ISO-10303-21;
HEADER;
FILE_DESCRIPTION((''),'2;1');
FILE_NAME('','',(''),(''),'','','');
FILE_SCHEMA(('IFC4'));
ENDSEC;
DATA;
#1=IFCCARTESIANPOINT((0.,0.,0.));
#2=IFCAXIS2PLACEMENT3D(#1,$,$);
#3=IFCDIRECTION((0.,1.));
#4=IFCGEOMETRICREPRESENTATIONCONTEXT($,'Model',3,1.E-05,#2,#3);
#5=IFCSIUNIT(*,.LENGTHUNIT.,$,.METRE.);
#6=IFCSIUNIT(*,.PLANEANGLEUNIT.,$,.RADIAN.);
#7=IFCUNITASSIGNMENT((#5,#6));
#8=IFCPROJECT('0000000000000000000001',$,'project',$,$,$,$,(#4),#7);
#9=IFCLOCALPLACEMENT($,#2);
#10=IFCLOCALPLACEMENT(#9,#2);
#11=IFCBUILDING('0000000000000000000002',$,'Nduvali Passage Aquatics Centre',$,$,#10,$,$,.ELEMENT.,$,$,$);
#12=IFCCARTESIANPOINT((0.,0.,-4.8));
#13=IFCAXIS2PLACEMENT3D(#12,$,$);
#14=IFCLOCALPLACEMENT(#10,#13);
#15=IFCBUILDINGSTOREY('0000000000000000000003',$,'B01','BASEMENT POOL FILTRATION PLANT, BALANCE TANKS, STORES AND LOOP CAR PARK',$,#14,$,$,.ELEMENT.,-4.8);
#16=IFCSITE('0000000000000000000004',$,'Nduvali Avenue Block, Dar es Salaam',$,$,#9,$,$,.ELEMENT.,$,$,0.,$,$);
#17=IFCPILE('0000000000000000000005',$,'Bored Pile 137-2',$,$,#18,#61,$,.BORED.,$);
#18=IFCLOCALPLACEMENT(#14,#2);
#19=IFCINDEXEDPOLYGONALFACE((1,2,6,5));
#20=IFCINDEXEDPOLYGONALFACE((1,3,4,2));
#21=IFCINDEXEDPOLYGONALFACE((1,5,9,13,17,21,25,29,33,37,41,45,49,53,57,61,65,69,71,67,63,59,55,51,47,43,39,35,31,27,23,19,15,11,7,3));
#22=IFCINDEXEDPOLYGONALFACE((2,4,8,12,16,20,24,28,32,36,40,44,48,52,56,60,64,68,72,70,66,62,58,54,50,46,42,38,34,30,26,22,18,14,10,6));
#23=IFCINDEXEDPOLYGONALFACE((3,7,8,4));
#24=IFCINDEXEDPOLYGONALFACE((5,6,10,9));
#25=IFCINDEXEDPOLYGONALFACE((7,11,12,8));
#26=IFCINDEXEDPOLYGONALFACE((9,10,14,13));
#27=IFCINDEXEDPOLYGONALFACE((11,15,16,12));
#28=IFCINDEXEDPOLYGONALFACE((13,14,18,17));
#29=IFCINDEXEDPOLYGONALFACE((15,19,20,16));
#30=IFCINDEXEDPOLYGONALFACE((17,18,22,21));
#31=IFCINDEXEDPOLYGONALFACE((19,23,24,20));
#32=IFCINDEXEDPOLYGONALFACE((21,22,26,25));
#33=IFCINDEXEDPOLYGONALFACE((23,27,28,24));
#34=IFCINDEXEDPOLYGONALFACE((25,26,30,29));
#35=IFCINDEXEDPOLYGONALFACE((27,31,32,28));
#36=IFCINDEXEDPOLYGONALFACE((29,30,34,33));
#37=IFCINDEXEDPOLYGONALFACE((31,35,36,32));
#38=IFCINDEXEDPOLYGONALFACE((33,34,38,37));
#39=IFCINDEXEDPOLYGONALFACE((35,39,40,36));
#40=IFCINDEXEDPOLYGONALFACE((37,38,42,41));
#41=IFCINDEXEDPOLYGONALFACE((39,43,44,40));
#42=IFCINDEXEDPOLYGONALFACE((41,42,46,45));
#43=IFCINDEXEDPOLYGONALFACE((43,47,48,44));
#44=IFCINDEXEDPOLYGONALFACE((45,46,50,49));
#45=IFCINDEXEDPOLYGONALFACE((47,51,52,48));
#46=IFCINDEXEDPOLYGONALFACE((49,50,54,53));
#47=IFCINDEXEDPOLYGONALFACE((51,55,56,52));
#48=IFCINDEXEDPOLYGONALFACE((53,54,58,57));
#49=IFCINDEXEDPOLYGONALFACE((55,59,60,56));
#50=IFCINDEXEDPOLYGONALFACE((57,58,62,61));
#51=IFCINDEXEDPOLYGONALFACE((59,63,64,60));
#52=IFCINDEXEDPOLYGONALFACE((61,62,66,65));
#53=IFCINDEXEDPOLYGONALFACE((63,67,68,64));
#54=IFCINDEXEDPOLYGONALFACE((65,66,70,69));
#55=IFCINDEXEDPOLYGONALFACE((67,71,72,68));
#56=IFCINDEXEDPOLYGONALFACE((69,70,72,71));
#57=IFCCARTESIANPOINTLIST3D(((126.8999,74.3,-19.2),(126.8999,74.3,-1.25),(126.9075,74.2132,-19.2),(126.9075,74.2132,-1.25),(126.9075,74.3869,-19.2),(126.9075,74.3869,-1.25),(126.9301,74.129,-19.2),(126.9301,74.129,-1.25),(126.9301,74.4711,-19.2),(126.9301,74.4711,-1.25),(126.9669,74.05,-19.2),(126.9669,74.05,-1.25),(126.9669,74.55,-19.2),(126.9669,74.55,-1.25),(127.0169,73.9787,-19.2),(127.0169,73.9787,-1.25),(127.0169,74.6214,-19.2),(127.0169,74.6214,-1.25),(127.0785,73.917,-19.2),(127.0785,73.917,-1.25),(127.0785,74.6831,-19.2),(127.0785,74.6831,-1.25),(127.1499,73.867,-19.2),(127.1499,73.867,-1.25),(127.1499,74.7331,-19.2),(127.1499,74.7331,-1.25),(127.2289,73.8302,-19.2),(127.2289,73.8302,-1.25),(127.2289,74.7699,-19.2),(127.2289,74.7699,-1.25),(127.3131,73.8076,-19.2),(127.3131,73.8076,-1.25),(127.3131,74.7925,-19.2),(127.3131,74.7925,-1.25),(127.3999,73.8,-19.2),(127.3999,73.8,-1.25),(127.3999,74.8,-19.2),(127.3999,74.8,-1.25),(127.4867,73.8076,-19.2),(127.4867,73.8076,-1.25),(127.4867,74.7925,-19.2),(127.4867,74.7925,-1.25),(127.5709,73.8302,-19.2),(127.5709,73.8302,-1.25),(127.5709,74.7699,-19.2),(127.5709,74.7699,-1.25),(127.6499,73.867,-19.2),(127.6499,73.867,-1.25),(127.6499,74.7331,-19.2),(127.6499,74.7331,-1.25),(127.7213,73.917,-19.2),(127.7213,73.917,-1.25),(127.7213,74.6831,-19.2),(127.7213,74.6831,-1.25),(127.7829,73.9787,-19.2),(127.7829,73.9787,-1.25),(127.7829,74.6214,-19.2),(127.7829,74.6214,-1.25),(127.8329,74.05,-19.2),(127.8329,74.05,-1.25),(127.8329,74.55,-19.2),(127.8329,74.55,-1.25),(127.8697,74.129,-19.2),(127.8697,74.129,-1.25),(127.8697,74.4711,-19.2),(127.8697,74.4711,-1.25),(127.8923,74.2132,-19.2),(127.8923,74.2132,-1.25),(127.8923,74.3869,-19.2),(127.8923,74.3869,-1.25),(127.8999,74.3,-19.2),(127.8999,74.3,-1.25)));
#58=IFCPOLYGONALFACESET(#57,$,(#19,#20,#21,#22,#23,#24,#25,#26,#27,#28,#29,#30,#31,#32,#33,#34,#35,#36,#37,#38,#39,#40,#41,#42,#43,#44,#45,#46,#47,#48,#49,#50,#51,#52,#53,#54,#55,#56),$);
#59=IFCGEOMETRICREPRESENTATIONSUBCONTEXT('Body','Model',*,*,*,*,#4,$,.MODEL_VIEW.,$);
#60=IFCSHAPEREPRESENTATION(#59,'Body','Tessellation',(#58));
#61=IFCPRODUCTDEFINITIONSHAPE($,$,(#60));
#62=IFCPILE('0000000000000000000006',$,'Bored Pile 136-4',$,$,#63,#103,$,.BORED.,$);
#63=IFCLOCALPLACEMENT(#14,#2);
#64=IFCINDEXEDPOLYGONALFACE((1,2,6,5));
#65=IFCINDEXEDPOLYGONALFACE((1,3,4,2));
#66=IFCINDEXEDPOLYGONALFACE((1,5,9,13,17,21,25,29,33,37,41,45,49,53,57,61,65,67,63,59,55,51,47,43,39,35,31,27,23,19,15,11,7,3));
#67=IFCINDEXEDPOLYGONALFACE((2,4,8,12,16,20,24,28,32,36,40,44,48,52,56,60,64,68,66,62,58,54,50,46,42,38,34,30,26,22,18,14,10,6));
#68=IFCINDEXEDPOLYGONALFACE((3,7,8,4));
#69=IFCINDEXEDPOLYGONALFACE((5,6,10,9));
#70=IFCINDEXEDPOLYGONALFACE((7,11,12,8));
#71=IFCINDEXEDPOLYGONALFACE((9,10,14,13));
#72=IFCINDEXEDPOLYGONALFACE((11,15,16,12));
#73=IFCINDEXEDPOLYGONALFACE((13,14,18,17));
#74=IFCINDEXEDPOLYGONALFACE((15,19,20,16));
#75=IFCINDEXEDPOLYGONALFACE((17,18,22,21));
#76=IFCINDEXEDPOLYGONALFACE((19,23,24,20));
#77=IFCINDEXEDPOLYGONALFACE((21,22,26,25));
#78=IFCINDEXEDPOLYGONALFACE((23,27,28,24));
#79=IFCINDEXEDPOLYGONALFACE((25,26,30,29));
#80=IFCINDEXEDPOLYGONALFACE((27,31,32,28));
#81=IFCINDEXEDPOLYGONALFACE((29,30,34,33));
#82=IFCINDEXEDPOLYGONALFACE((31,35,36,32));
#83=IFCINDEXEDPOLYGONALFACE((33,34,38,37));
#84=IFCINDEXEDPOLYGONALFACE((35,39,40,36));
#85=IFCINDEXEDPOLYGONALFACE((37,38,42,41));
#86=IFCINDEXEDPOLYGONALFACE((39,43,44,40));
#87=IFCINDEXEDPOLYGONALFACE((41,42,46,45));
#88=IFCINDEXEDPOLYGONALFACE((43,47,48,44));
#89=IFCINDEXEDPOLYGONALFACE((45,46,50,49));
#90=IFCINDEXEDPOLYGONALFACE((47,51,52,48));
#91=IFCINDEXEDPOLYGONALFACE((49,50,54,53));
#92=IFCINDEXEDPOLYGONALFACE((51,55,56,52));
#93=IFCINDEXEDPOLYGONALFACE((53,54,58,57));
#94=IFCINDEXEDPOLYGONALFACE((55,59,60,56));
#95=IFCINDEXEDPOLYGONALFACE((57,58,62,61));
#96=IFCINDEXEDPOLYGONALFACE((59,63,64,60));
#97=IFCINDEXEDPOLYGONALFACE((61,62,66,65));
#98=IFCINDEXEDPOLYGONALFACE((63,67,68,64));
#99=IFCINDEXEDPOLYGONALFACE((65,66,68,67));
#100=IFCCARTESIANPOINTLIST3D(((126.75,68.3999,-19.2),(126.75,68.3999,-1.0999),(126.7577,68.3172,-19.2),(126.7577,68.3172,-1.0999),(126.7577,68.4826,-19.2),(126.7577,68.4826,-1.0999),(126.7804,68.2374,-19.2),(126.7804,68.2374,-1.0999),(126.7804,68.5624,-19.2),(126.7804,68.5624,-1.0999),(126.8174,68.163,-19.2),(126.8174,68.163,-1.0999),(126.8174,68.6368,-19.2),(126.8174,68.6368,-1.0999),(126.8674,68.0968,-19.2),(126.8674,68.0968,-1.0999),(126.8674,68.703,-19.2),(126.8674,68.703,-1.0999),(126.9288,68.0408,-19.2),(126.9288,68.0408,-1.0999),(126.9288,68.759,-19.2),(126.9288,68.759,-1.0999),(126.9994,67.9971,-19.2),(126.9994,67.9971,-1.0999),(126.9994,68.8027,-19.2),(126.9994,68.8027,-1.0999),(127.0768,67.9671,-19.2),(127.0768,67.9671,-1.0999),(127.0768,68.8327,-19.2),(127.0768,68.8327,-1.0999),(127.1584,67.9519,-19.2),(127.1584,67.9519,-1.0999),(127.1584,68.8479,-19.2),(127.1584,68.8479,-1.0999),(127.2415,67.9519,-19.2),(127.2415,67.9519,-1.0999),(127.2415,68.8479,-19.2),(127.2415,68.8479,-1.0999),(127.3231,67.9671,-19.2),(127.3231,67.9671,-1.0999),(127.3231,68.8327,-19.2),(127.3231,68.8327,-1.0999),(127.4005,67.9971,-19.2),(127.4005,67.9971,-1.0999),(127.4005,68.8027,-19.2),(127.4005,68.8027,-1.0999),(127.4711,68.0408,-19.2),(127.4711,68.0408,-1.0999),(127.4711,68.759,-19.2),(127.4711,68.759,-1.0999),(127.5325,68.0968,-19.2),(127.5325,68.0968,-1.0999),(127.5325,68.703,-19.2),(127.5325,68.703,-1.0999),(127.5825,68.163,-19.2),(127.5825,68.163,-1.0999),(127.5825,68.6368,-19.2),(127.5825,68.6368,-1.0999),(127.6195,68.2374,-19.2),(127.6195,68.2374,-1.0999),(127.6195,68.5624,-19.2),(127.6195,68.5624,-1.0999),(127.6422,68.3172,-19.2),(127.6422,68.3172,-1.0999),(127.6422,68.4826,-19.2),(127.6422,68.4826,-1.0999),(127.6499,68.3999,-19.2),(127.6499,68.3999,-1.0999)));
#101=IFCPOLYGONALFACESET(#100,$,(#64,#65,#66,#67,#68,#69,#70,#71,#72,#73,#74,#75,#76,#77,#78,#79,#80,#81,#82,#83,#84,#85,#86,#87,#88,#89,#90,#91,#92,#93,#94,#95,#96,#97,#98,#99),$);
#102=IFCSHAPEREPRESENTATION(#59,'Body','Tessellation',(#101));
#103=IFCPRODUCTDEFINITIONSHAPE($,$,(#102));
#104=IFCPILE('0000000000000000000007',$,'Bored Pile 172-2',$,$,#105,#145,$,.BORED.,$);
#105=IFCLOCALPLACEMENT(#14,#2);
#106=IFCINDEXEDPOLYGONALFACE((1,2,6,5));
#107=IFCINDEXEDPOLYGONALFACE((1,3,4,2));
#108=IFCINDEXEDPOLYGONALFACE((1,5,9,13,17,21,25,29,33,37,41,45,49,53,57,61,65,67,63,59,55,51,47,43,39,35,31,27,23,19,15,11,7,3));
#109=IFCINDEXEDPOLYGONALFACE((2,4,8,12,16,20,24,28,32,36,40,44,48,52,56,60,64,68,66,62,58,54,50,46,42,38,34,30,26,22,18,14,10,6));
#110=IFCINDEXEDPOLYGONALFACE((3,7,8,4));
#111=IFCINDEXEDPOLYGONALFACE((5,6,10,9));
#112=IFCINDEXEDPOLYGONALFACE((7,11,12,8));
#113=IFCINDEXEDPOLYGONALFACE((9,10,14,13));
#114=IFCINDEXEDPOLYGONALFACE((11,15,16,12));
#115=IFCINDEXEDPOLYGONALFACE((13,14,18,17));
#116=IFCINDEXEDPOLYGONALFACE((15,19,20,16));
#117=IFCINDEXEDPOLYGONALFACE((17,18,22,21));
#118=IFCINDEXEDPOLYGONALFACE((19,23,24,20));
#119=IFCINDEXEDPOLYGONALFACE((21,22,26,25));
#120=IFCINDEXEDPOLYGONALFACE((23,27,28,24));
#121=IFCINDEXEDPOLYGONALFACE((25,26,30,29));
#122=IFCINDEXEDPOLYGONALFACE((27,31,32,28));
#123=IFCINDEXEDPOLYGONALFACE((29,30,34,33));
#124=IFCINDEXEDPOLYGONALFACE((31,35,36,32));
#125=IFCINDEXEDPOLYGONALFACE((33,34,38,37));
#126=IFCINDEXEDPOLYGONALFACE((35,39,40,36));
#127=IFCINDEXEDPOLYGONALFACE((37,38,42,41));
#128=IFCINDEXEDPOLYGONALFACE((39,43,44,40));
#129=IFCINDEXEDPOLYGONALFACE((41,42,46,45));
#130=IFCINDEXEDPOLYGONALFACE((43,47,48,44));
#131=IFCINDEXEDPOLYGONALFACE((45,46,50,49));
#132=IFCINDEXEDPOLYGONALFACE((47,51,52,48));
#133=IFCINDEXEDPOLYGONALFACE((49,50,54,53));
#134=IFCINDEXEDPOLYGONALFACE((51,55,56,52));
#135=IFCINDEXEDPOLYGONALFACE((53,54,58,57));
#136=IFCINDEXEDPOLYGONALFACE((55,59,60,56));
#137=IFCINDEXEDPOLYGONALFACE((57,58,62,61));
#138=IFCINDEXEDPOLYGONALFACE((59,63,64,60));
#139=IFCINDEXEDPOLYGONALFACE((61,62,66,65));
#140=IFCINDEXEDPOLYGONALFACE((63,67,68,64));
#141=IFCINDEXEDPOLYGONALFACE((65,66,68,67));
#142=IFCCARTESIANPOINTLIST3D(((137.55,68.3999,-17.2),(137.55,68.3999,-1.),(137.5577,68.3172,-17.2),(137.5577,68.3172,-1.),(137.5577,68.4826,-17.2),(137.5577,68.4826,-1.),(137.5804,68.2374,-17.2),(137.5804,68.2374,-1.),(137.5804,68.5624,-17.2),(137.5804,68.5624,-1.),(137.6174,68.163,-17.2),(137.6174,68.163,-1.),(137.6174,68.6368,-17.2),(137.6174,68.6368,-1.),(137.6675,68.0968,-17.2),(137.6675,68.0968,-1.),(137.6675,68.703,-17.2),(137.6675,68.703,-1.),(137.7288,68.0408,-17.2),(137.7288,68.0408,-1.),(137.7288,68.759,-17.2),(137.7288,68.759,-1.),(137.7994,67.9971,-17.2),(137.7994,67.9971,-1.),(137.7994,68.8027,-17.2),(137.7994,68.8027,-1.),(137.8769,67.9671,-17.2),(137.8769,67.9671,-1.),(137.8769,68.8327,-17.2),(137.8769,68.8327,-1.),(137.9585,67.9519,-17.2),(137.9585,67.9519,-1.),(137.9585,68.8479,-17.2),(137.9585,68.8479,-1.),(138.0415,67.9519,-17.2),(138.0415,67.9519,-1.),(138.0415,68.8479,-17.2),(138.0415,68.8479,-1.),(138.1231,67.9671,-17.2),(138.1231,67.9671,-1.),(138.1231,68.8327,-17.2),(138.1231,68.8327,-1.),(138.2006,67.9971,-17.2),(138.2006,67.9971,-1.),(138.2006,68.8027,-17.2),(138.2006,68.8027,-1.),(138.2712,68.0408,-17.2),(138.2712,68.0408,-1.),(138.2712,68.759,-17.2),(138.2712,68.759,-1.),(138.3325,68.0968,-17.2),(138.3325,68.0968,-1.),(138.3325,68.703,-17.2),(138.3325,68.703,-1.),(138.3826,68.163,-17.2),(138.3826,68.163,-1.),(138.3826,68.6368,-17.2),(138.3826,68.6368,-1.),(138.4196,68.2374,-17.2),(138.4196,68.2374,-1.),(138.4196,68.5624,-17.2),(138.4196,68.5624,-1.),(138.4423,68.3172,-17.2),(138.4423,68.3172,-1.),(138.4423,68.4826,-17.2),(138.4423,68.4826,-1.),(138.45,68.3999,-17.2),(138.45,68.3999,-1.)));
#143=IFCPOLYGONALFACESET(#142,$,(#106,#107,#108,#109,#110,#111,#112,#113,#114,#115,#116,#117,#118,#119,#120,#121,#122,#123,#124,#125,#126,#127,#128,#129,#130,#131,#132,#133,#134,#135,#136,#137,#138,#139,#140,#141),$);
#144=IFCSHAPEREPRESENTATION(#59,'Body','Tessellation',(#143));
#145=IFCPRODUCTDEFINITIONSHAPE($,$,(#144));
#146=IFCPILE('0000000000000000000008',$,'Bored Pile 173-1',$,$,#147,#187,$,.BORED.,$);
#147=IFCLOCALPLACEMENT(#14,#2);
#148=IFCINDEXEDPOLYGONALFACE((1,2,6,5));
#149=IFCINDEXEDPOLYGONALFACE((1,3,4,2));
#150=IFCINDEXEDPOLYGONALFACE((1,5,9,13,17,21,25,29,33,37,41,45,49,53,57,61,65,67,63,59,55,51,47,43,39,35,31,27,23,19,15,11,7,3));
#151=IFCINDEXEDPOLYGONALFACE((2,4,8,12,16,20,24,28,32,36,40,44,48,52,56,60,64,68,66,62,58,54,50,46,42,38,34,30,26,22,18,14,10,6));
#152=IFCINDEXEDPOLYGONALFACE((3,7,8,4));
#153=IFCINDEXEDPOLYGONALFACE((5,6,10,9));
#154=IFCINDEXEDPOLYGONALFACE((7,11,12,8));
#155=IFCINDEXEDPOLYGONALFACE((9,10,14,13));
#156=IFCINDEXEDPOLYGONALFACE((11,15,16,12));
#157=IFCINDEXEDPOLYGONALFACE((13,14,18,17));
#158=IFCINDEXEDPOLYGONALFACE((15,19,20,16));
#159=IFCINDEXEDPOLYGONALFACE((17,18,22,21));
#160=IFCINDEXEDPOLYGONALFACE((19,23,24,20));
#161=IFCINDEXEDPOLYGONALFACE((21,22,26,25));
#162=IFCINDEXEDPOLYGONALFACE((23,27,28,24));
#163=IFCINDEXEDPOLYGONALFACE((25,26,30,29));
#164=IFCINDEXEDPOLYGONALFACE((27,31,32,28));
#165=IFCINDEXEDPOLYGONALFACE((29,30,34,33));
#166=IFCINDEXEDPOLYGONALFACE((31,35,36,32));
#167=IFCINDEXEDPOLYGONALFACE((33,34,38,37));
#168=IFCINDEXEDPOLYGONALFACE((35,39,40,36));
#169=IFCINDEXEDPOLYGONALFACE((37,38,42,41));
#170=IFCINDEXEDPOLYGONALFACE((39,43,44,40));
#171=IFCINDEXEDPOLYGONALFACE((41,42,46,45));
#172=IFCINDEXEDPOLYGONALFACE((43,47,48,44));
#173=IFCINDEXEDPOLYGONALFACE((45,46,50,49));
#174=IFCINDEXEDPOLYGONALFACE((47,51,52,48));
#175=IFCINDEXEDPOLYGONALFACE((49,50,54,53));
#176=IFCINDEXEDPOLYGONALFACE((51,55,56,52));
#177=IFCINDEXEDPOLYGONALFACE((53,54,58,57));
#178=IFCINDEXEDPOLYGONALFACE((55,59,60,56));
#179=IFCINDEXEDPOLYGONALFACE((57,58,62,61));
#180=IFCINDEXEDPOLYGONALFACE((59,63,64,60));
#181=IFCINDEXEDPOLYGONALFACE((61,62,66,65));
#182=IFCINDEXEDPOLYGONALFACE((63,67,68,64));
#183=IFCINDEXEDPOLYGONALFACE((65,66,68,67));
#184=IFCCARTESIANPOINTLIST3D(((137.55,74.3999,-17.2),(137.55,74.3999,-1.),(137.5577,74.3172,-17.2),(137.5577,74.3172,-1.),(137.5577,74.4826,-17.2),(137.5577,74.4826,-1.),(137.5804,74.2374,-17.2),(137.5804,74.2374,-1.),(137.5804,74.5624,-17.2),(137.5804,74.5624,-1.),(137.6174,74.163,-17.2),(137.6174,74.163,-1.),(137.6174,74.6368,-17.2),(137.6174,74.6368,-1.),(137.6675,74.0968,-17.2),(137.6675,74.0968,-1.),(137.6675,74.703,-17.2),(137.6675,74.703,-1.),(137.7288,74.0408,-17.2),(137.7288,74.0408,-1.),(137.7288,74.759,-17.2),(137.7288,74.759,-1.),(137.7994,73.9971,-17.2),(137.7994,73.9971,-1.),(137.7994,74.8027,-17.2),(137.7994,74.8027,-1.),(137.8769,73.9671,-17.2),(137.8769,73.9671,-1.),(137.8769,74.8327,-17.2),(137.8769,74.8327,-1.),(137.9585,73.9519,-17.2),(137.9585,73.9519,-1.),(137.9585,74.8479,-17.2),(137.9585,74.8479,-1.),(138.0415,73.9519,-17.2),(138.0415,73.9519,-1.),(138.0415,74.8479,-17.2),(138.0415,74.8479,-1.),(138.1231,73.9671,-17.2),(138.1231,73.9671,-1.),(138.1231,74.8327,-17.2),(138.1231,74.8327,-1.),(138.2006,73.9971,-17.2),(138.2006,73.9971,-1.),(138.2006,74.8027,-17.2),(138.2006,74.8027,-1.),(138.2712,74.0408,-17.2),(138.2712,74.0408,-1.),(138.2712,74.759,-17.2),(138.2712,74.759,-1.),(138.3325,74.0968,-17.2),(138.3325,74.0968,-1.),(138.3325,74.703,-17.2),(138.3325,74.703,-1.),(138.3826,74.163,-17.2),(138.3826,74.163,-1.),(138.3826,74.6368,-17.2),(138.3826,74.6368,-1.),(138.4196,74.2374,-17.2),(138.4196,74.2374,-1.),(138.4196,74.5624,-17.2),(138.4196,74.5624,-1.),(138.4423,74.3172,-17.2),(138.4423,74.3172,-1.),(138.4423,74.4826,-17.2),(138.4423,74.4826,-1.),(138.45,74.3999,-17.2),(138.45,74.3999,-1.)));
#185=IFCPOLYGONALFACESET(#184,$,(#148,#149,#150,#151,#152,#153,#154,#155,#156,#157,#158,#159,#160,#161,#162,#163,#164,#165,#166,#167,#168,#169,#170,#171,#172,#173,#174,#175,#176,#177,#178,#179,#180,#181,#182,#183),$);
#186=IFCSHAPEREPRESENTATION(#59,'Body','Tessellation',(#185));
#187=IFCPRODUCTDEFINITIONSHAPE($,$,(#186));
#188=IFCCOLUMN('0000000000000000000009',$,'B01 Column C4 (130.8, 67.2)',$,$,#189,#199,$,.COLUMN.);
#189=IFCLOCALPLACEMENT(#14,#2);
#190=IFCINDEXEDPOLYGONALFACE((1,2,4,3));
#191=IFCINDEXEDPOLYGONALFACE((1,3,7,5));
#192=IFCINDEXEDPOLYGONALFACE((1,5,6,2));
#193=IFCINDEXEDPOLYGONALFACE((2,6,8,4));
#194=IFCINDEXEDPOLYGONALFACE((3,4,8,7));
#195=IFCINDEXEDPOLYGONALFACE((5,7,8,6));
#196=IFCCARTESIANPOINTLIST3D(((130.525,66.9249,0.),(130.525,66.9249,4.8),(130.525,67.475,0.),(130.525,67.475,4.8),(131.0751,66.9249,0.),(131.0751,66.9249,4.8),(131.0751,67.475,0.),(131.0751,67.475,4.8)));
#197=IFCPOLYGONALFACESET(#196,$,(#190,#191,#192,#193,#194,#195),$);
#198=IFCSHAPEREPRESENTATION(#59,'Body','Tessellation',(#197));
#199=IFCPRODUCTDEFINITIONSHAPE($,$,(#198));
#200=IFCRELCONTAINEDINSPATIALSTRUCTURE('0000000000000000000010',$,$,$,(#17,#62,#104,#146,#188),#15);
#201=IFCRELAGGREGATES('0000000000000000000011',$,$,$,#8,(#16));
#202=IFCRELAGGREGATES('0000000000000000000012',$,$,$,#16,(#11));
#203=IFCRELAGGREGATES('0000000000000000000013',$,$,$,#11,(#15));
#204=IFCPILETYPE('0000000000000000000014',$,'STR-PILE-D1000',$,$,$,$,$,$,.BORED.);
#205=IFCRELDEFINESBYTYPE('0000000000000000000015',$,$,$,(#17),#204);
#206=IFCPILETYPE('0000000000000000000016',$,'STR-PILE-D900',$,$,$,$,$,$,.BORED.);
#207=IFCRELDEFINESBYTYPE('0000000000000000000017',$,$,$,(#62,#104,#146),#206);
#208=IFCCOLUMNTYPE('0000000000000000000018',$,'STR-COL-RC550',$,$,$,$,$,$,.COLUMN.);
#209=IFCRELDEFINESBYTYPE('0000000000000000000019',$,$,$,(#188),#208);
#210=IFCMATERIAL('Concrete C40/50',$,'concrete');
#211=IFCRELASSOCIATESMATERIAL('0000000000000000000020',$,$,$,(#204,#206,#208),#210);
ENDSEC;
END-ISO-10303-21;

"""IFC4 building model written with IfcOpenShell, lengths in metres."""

from ifc_helpers import new_model, si_unit, direction, frame, origin, origin_2d, place, context, subcontext, project, spatial, rectangle, circle, extrude, material, material_profile, profile_set, type_object, element, save


model = new_model("IFC4")

# Units and contexts
model_context = context("Model", 3, precision=1e-05, world=origin(), true_north=direction((0.0, 1.0)))
body_context = subcontext(model_context, "Body", "Model", "MODEL_VIEW")
ifc_project = project(units=[si_unit("LENGTHUNIT", "METRE"), si_unit("PLANEANGLEUNIT", "RADIAN")], contexts=[model_context])

# Site, building, storey
site_placement = place(None, origin())
site = spatial("IfcSite", under=ifc_project, at=site_placement, Name="Nduvali Avenue Block, Dar es Salaam", CompositionType="ELEMENT", RefElevation=0.0)
building_placement = place(site_placement, origin())
building = spatial("IfcBuilding", under=site, at=building_placement, Name="Nduvali Passage Aquatics Centre", CompositionType="ELEMENT")
storey_placement = place(building_placement, frame((0.0, 0.0, -4.8)))
storey = spatial("IfcBuildingStorey", under=building, at=storey_placement, Name="B01", Description="BASEMENT POOL FILTRATION PLANT, BALANCE TANKS, STORES AND LOOP CAR PARK", CompositionType="ELEMENT", Elevation=-4.8)

# Shared definitions
ifc_material = material(Name="Concrete C40/50", Category="concrete")

# Piles
ifc_material_profile_1 = material_profile(ifc_material, circle(Radius=0.5, at=origin_2d()), Name="PILE D1000")
ifc_profile_set_1 = profile_set([ifc_material_profile_1], Name="Concrete C40/50")
pile_type_1 = type_object("IfcPileType", Name="STR-PILE-D1000", PredefinedType="BORED", material=ifc_profile_set_1)
pile_1_placement = place(storey_placement, frame((127.3999, 74.3, -1.25), z_axis=(0.0, 0.0, -1.0), x_axis=(1.0, 0.0, 0.0)))
element("IfcPile", 1, at=pile_1_placement, inside=storey, type_object=pile_type_1, Name="Bored Pile 137-2", PredefinedType="BORED", context=body_context, shape_type="SweptSolid", body=[
    extrude(circle(Radius=0.5, at=origin_2d()), origin(), (0.0, 0.0, 1.0), 17.95),
])
ifc_material_profile_2 = material_profile(ifc_material, circle(Radius=0.45, at=origin_2d()), Name="PILE D900")
ifc_profile_set_2 = profile_set([ifc_material_profile_2], Name="Concrete C40/50")
pile_type_2 = type_object("IfcPileType", Name="STR-PILE-D900", PredefinedType="BORED", material=ifc_profile_set_2)
pile_2_placement = place(storey_placement, frame((127.2, 68.3999, -1.0999), z_axis=(0.0, 0.0, -1.0), x_axis=(1.0, 0.0, 0.0)))
element("IfcPile", 2, at=pile_2_placement, inside=storey, type_object=pile_type_2, Name="Bored Pile 136-4", PredefinedType="BORED", context=body_context, shape_type="SweptSolid", body=[
    extrude(circle(Radius=0.45, at=origin_2d()), origin(), (0.0, 0.0, 1.0), 18.1001),
])
for number, where, z_axis, x_axis, name in (
    (3, (138.0, 68.3999, -1.0), (0.0, 0.0, -1.0), (1.0, 0.0, 0.0), "Bored Pile 172-2"),
    (4, (138.0, 74.3999, -1.0), (0.0, 0.0, -1.0), (1.0, 0.0, 0.0), "Bored Pile 173-1"),
):
    element("IfcPile", number, at=place(storey_placement, frame(where, z_axis=z_axis, x_axis=x_axis)), inside=storey, type_object=pile_type_2, Name=name, PredefinedType="BORED", context=body_context, shape_type="SweptSolid", body=[
        extrude(circle(Radius=0.45, at=origin_2d()), origin(), (0.0, 0.0, 1.0), 16.2),
    ])

# Column
ifc_material_profile_3 = material_profile(ifc_material, rectangle(XDim=0.55, YDim=0.55, at=origin_2d()), Name="RC 550x550")
ifc_profile_set_3 = profile_set([ifc_material_profile_3], Name="Concrete C40/50")
column_type_1 = type_object("IfcColumnType", Name="STR-COL-RC550", PredefinedType="COLUMN", material=ifc_profile_set_3)
for number, where, z_axis, x_axis, name in (
    (5, (130.8, 67.2, 0.0), (0.0, 0.0, 1.0), (1.0, 0.0, 0.0), "B01 Column C4 (130.8, 67.2)"),
):
    element("IfcColumn", number, at=place(storey_placement, frame(where, z_axis=z_axis, x_axis=x_axis)), inside=storey, type_object=column_type_1, Name=name, PredefinedType="COLUMN", context=body_context, shape_type="SweptSolid", body=[
        extrude(rectangle(XDim=0.55, YDim=0.55, at=origin_2d()), origin(), (0.0, 0.0, 1.0), 4.8),
    ])

save(model, "model.ifc")
